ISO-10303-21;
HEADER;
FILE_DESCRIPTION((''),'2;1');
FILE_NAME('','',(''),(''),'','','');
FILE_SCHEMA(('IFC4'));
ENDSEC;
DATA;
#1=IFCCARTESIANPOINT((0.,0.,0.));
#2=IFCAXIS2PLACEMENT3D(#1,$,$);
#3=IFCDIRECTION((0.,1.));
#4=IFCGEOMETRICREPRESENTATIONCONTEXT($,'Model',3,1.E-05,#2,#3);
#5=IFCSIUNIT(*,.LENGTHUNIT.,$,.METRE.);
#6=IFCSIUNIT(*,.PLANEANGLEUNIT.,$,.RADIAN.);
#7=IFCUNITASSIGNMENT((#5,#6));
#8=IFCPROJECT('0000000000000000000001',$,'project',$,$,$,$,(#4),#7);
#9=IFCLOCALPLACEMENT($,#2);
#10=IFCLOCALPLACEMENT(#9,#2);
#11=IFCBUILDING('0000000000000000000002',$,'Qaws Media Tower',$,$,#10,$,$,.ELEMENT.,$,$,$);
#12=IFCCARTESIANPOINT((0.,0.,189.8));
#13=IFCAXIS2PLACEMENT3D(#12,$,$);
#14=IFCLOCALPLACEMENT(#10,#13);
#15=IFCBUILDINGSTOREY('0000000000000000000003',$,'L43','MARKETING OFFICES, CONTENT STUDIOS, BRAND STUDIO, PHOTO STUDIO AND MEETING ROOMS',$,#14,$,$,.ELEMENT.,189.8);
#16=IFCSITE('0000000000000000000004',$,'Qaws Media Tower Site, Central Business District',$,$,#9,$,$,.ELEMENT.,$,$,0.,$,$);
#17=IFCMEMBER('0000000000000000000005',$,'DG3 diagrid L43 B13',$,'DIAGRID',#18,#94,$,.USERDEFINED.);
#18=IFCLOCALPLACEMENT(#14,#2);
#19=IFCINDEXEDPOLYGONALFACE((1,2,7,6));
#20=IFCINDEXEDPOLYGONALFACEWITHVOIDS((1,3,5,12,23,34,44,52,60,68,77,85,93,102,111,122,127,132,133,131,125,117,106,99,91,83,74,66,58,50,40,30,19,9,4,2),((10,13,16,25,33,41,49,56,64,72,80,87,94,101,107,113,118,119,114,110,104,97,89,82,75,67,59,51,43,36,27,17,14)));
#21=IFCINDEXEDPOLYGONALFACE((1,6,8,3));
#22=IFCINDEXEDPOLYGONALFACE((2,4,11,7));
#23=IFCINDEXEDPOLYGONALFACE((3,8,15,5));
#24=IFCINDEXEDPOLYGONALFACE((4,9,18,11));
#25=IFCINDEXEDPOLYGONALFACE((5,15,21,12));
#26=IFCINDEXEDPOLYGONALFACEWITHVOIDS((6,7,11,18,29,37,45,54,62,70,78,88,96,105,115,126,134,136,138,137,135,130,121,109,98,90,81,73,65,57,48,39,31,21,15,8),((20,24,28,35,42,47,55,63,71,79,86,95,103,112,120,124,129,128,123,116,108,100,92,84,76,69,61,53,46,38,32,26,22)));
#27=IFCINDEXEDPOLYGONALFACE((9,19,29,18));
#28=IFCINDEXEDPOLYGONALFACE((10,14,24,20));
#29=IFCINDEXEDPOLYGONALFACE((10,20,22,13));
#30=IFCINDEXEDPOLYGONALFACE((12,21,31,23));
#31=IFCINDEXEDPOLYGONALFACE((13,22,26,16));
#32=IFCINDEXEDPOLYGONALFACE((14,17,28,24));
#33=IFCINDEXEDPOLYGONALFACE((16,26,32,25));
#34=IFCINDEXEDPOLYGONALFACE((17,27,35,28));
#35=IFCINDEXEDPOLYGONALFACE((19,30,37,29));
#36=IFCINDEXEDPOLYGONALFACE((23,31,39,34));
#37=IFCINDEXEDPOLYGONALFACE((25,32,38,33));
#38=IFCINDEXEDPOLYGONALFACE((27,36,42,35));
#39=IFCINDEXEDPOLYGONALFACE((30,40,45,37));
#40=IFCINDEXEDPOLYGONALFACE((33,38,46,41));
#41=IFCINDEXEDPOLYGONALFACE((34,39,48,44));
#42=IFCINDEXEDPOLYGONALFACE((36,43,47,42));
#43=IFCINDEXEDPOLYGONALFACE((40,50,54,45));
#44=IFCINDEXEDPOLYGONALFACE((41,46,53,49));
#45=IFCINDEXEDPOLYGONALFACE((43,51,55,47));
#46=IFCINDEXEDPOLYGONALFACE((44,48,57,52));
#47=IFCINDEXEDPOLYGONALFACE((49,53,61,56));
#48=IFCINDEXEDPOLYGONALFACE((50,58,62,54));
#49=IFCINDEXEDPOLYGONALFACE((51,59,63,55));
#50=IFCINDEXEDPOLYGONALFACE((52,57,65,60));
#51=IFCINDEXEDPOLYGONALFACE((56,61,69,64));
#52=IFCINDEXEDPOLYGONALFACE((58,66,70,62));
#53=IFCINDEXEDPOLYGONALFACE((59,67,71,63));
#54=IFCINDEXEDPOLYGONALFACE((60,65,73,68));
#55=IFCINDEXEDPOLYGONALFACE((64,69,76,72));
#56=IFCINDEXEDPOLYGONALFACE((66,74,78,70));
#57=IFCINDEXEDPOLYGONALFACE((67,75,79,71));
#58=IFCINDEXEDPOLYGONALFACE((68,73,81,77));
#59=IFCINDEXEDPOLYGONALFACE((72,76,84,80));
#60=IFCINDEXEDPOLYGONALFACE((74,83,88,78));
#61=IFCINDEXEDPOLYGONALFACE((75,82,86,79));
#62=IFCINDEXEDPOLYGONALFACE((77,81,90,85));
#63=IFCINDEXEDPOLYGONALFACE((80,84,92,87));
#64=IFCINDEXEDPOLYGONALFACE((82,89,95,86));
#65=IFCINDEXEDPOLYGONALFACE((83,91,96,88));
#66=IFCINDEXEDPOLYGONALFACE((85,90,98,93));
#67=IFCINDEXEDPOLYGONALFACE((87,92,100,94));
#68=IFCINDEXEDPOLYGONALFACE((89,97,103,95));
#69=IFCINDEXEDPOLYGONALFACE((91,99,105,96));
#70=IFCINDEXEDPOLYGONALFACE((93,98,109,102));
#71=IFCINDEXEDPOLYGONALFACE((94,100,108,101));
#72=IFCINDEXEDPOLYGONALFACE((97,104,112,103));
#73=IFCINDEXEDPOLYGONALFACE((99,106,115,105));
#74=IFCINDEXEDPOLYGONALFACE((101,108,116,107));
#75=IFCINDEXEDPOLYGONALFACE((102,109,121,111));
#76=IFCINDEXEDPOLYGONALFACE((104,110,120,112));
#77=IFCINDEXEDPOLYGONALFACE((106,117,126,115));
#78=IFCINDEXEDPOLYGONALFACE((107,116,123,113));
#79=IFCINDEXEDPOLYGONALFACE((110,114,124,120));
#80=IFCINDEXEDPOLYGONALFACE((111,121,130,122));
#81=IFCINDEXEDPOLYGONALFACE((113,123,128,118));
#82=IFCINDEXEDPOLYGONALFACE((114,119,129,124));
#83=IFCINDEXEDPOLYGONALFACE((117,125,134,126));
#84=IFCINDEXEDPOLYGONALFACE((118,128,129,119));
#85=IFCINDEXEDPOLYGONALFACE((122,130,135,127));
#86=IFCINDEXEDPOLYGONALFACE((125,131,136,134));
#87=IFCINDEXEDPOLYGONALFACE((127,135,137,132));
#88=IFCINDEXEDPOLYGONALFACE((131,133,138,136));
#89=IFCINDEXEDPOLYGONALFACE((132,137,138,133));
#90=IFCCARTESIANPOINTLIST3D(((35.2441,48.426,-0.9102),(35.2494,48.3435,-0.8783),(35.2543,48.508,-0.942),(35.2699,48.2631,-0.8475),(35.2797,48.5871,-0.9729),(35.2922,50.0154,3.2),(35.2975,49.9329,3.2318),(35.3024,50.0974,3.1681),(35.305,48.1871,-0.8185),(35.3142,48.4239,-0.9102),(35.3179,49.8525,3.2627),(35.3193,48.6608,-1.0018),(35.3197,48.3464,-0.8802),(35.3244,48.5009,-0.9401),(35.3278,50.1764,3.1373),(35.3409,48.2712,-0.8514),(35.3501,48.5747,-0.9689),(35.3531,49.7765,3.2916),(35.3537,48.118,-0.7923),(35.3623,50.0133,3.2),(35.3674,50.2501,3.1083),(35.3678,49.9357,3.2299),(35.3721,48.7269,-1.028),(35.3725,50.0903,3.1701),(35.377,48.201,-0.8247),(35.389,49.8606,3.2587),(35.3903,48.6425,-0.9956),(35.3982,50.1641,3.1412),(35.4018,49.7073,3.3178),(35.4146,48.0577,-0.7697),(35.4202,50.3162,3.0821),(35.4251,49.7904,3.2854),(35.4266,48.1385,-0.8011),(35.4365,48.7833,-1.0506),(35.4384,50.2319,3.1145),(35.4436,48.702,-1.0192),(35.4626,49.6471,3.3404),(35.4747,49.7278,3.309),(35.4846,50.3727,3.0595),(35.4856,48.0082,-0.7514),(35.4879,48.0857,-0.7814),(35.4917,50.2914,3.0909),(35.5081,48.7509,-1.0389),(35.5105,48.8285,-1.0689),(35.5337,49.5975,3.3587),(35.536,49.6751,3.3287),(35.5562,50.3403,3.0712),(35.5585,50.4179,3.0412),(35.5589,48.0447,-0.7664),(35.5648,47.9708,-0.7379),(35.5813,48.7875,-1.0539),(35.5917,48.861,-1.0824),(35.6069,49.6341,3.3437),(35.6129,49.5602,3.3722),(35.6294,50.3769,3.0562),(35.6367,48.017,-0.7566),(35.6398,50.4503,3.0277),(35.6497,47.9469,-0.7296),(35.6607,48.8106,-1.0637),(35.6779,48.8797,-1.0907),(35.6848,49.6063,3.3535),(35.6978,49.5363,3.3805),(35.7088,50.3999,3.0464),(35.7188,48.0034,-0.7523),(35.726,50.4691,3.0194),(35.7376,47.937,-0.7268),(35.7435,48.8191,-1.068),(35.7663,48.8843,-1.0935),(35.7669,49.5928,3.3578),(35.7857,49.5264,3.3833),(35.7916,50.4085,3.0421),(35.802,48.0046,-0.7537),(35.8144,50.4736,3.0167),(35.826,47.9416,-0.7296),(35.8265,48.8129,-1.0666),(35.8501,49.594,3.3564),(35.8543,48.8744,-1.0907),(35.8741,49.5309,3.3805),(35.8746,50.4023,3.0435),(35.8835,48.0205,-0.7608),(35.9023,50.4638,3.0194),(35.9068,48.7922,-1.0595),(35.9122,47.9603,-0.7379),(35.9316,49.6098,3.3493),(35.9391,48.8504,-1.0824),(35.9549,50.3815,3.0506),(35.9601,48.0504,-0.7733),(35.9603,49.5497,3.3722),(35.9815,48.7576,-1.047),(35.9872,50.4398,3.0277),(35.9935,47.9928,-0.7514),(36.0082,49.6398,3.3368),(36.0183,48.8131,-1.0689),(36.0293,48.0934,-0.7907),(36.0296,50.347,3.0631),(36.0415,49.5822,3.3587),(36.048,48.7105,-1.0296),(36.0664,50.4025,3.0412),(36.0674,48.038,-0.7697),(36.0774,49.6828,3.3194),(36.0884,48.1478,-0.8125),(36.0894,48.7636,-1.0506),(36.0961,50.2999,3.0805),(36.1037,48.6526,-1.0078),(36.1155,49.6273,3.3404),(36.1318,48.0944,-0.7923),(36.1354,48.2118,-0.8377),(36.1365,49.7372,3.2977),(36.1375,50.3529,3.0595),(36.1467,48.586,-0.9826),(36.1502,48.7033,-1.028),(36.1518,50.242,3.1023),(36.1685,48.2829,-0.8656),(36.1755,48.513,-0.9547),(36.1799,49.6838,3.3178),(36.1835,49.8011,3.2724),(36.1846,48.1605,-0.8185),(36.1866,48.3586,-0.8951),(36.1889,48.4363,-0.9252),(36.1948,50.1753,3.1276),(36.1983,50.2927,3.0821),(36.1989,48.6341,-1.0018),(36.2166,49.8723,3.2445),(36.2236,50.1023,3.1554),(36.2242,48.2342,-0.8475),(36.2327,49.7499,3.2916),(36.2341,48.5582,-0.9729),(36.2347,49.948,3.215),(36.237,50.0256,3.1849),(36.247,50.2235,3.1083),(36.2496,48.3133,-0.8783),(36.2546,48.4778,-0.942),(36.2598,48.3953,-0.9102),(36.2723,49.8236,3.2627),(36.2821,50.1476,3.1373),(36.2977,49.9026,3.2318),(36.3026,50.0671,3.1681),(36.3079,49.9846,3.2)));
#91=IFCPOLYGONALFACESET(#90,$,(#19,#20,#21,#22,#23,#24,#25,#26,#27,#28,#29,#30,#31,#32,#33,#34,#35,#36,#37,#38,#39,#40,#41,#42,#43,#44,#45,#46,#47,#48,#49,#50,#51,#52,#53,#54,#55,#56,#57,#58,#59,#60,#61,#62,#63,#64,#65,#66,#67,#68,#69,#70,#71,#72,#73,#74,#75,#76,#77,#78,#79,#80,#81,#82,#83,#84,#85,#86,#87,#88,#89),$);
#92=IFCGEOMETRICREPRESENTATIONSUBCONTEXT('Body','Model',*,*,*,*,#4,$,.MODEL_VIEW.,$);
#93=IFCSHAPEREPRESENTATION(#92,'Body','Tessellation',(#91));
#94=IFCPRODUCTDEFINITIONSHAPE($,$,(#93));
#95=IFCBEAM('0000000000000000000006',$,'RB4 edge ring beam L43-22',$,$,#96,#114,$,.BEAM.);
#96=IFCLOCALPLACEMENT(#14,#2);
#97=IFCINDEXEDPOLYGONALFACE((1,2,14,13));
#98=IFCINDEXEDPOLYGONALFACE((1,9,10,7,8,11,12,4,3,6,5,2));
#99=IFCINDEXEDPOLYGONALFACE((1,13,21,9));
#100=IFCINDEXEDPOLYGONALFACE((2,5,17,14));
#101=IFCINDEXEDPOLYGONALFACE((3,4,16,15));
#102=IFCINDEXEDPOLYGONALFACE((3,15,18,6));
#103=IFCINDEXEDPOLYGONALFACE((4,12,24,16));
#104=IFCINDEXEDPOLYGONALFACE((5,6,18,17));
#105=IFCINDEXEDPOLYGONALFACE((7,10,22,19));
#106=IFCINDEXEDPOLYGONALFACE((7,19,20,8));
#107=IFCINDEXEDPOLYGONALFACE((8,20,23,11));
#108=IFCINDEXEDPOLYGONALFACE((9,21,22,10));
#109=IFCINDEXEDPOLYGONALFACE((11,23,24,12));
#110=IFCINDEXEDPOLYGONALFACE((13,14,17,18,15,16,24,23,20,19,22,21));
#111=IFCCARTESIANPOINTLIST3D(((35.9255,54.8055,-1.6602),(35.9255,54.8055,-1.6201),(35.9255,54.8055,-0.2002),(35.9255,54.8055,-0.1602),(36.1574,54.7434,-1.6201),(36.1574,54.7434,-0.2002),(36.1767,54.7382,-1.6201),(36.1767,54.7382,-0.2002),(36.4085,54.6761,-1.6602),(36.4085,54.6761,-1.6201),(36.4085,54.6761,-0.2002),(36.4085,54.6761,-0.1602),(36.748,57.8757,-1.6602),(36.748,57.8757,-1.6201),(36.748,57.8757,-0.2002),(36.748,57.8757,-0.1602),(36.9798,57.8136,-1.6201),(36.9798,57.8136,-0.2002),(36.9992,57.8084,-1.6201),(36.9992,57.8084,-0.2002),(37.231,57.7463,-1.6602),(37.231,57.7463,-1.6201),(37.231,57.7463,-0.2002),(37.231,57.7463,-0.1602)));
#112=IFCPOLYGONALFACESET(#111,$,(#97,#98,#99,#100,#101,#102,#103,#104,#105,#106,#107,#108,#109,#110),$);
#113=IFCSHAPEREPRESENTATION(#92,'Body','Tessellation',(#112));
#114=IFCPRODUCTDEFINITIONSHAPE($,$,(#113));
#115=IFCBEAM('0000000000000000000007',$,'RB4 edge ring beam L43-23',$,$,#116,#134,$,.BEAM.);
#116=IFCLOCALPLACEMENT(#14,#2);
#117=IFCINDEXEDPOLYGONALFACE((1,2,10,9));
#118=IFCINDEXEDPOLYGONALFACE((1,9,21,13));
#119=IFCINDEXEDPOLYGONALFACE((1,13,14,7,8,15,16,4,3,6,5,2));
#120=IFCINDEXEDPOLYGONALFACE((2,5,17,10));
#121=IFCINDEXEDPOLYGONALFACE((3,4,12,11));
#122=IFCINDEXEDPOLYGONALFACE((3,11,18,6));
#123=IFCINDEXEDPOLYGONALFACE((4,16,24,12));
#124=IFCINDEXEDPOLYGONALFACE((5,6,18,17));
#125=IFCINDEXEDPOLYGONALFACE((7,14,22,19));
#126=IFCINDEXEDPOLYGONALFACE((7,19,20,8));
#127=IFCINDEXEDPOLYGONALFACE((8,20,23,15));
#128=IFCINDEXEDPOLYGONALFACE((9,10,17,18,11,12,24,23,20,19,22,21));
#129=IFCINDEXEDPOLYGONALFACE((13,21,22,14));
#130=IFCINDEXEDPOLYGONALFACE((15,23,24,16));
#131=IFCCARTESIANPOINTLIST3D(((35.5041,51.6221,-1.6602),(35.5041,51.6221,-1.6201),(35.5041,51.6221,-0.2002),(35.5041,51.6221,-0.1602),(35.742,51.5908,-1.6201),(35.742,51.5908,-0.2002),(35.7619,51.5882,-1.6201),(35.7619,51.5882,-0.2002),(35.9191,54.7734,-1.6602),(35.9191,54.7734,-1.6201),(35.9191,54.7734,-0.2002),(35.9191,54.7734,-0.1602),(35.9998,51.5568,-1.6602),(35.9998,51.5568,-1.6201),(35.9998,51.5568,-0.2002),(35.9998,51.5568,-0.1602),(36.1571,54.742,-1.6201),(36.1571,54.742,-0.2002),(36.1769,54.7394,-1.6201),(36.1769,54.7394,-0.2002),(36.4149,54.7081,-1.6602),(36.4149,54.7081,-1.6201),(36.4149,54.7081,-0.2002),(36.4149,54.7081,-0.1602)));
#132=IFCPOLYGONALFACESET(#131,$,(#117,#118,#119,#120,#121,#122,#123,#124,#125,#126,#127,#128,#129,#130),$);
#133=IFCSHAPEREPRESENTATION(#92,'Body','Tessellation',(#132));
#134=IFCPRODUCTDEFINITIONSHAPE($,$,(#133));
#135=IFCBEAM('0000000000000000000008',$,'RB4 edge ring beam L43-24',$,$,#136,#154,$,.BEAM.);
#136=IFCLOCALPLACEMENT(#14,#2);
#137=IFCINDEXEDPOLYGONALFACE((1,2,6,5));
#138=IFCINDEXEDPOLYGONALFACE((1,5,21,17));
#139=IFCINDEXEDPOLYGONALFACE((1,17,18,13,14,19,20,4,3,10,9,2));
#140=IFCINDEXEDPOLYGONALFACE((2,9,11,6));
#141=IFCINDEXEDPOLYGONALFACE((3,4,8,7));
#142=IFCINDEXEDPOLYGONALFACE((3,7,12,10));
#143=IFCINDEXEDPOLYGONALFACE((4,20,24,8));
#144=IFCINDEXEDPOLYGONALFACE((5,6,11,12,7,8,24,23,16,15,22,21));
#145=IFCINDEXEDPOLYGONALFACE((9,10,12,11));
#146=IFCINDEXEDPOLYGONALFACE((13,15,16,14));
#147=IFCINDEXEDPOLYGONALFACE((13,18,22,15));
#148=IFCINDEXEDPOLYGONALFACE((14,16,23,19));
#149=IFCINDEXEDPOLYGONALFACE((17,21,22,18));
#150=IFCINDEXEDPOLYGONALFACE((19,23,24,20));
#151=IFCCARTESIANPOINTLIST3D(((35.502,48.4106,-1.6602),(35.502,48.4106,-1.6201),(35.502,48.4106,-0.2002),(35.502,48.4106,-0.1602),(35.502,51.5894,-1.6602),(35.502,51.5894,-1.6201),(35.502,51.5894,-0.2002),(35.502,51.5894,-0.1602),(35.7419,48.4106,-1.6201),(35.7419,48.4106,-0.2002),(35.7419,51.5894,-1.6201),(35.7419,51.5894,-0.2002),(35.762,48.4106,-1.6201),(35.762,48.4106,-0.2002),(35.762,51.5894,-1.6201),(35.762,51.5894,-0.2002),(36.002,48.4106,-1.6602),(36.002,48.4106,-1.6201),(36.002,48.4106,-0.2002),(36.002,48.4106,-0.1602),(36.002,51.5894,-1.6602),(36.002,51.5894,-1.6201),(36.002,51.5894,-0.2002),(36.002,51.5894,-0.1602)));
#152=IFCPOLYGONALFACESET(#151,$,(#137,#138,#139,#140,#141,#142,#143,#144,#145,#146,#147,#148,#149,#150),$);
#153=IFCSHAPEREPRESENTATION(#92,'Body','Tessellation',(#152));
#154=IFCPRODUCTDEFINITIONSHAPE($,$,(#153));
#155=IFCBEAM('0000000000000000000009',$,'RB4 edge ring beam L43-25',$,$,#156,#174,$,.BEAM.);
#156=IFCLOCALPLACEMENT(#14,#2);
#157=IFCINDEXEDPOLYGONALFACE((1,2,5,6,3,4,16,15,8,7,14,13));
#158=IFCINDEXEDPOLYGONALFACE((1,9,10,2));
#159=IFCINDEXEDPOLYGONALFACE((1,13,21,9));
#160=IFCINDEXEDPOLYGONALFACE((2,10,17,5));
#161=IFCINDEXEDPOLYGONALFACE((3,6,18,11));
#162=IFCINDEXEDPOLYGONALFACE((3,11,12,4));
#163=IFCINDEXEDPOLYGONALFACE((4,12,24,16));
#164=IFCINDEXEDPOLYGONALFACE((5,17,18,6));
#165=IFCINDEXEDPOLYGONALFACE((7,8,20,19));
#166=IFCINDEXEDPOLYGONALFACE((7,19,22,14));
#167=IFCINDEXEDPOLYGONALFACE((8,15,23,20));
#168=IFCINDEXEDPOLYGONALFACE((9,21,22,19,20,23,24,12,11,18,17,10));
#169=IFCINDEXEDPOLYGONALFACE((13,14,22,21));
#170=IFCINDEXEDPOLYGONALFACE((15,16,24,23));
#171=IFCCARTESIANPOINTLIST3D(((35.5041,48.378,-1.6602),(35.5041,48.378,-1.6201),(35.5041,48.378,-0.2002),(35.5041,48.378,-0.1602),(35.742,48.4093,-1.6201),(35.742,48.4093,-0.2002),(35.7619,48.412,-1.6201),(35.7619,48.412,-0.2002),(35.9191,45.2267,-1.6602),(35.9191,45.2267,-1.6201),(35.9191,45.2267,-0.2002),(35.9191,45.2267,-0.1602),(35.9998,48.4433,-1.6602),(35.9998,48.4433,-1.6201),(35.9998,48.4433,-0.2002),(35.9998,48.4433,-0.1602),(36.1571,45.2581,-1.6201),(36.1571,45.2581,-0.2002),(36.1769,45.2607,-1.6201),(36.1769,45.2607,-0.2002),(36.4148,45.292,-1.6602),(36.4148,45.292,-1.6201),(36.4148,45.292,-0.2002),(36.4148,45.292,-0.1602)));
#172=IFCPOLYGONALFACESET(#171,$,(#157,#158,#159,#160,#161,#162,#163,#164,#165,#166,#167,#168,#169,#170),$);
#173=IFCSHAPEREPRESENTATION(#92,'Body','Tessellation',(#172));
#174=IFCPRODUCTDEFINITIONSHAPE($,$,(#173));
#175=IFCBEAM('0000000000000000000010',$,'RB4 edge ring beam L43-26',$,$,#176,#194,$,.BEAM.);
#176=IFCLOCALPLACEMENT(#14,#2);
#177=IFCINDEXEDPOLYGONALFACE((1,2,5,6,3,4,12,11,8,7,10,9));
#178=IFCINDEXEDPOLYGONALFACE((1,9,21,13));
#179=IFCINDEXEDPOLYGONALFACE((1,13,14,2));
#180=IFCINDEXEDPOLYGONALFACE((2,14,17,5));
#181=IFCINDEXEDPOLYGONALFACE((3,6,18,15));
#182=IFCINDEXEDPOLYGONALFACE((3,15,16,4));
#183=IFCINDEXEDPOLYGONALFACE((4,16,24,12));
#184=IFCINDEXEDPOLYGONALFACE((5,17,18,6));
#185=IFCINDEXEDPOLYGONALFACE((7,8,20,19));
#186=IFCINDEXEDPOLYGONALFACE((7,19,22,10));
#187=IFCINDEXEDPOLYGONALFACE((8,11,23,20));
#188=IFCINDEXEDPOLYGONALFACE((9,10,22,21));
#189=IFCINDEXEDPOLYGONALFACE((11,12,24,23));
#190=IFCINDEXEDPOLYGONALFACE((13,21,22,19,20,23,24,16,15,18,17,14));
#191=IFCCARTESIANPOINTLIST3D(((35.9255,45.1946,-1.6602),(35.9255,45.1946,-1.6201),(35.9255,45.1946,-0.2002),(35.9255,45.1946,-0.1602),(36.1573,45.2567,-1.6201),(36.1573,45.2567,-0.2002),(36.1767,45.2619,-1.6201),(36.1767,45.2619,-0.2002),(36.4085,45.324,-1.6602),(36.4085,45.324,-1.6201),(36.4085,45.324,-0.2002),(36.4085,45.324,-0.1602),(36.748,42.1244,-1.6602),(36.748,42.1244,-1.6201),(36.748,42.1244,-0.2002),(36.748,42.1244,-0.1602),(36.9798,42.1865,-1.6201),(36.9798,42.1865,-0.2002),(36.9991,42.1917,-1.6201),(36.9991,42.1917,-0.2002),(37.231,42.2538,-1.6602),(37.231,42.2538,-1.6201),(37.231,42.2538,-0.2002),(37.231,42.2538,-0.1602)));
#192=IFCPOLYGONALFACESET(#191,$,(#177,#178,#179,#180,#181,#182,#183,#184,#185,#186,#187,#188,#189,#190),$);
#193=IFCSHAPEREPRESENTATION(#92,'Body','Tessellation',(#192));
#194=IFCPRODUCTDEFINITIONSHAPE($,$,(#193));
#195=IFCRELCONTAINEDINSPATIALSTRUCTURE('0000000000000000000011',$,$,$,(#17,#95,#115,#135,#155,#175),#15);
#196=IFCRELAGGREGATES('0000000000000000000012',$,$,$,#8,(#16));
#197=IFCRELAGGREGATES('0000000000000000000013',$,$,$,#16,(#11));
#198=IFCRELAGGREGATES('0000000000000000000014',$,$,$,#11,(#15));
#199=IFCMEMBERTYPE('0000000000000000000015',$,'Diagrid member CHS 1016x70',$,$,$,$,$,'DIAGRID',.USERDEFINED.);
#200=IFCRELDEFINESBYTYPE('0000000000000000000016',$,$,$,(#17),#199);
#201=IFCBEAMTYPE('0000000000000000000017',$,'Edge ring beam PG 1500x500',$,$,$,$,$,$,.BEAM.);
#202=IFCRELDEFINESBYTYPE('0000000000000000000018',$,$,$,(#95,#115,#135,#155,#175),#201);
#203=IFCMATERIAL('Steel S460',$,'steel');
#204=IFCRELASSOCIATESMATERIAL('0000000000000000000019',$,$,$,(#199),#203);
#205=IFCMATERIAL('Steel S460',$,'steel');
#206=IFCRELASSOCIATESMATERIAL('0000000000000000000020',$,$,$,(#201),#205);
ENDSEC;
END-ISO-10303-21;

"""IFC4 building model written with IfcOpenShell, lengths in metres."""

from ifc_helpers import new_model, si_unit, direction, frame, origin, origin_2d, place, context, subcontext, project, spatial, hollow_circle, i_section, extrude, material, material_profile, profile_set, type_object, element, save


model = new_model("IFC4")

# Units and contexts
model_context = context("Model", 3, precision=1e-05, world=origin(), true_north=direction((0.0, 1.0)))
body_context = subcontext(model_context, "Body", "Model", "MODEL_VIEW")
ifc_project = project(units=[si_unit("LENGTHUNIT", "METRE"), si_unit("PLANEANGLEUNIT", "RADIAN")], contexts=[model_context])

# Site, building, storey
site_placement = place(None, origin())
site = spatial("IfcSite", under=ifc_project, at=site_placement, Name="Qaws Media Tower Site, Central Business District", CompositionType="ELEMENT", RefElevation=0.0)
building_placement = place(site_placement, origin())
building = spatial("IfcBuilding", under=site, at=building_placement, Name="Qaws Media Tower", CompositionType="ELEMENT")
storey_placement = place(building_placement, frame((0.0, 0.0, 189.8)))
storey = spatial("IfcBuildingStorey", under=building, at=storey_placement, Name="L43", Description="MARKETING OFFICES, CONTENT STUDIOS, BRAND STUDIO, PHOTO STUDIO AND MEETING ROOMS", CompositionType="ELEMENT", Elevation=189.8)

# Member
ifc_material_1 = material(Name="Steel S460", Category="steel")
ifc_material_profile_1 = material_profile(ifc_material_1, hollow_circle(Radius=0.5081, WallThickness=0.0701, at=origin_2d()), Name="CHS 1016x70")
ifc_profile_set_1 = profile_set([ifc_material_profile_1], Name="Steel S460")
member_type_1 = type_object("IfcMemberType", Name="Diagrid member CHS 1016x70", ElementType="DIAGRID", PredefinedType="USERDEFINED", material=ifc_profile_set_1)
for number, where, z_axis, x_axis, name in (
    (1, (35.752, 48.4106, -0.9102), (0.010914, 0.360646, 0.932639), (-0.999542, 0.030247, 0.0), "DG3 diagrid L43 B13"),
):
    element("IfcMember", number, at=place(storey_placement, frame(where, z_axis=z_axis, x_axis=x_axis)), inside=storey, type_object=member_type_1, Name=name, ObjectType="DIAGRID", PredefinedType="USERDEFINED", context=body_context, shape_type="SweptSolid", body=[
        extrude(hollow_circle(Radius=0.5081, WallThickness=0.0701, at=origin_2d()), origin(), (0.0, 0.0, 1.0), 4.407),
    ])

# Beams
ifc_material_2 = material(Name="Steel S460", Category="steel")
ifc_material_profile_2 = material_profile(ifc_material_2, i_section(OverallWidth=0.5, OverallDepth=1.5, WebThickness=0.02, FlangeThickness=0.04, at=origin_2d()), Name="PG 1500x500")
ifc_profile_set_2 = profile_set([ifc_material_profile_2], Name="Steel S460")
beam_type = type_object("IfcBeamType", Name="Edge ring beam PG 1500x500", PredefinedType="BEAM", material=ifc_profile_set_2)
for number, where, z_axis, x_axis, name in (
    (2, (36.9895, 57.811, -0.9102), (-0.258767, -0.96594, 0.0), (0.96594, -0.258767, 0.0), "RB4 edge ring beam L43-22"),
    (3, (36.167, 54.7407, -0.9102), (-0.130574, -0.991439, 0.0), (0.991439, -0.130574, 0.0), "RB4 edge ring beam L43-23"),
):
    element("IfcBeam", number, at=place(storey_placement, frame(where, z_axis=z_axis, x_axis=x_axis)), inside=storey, type_object=beam_type, Name=name, PredefinedType="BEAM", context=body_context, shape_type="SweptSolid", body=[
        extrude(i_section(OverallWidth=0.5, OverallDepth=1.5, WebThickness=0.02, FlangeThickness=0.04, at=origin_2d()), origin(), (0.0, 0.0, 1.0), 3.1785),
    ])
beam_placement = place(storey_placement, frame((35.752, 51.5894, -0.9102), z_axis=(0.0, -1.0, 0.0), x_axis=(1.0, 0.0, 0.0)))
element("IfcBeam", 4, at=beam_placement, inside=storey, type_object=beam_type, Name="RB4 edge ring beam L43-24", PredefinedType="BEAM", context=body_context, shape_type="SweptSolid", body=[
    extrude(i_section(OverallWidth=0.5, OverallDepth=1.5, WebThickness=0.02, FlangeThickness=0.04, at=origin_2d()), origin(), (0.0, 0.0, 1.0), 3.1787),
])
for number, where, z_axis, x_axis, name in (
    (5, (35.752, 48.4106, -0.9102), (0.130574, -0.991439, 0.0), (0.991439, 0.130574, 0.0), "RB4 edge ring beam L43-25"),
    (6, (36.167, 45.2593, -0.9102), (0.258767, -0.96594, 0.0), (0.96594, 0.258767, 0.0), "RB4 edge ring beam L43-26"),
):
    element("IfcBeam", number, at=place(storey_placement, frame(where, z_axis=z_axis, x_axis=x_axis)), inside=storey, type_object=beam_type, Name=name, PredefinedType="BEAM", context=body_context, shape_type="SweptSolid", body=[
        extrude(i_section(OverallWidth=0.5, OverallDepth=1.5, WebThickness=0.02, FlangeThickness=0.04, at=origin_2d()), origin(), (0.0, 0.0, 1.0), 3.1785),
    ])

save(model, "model.ifc")
